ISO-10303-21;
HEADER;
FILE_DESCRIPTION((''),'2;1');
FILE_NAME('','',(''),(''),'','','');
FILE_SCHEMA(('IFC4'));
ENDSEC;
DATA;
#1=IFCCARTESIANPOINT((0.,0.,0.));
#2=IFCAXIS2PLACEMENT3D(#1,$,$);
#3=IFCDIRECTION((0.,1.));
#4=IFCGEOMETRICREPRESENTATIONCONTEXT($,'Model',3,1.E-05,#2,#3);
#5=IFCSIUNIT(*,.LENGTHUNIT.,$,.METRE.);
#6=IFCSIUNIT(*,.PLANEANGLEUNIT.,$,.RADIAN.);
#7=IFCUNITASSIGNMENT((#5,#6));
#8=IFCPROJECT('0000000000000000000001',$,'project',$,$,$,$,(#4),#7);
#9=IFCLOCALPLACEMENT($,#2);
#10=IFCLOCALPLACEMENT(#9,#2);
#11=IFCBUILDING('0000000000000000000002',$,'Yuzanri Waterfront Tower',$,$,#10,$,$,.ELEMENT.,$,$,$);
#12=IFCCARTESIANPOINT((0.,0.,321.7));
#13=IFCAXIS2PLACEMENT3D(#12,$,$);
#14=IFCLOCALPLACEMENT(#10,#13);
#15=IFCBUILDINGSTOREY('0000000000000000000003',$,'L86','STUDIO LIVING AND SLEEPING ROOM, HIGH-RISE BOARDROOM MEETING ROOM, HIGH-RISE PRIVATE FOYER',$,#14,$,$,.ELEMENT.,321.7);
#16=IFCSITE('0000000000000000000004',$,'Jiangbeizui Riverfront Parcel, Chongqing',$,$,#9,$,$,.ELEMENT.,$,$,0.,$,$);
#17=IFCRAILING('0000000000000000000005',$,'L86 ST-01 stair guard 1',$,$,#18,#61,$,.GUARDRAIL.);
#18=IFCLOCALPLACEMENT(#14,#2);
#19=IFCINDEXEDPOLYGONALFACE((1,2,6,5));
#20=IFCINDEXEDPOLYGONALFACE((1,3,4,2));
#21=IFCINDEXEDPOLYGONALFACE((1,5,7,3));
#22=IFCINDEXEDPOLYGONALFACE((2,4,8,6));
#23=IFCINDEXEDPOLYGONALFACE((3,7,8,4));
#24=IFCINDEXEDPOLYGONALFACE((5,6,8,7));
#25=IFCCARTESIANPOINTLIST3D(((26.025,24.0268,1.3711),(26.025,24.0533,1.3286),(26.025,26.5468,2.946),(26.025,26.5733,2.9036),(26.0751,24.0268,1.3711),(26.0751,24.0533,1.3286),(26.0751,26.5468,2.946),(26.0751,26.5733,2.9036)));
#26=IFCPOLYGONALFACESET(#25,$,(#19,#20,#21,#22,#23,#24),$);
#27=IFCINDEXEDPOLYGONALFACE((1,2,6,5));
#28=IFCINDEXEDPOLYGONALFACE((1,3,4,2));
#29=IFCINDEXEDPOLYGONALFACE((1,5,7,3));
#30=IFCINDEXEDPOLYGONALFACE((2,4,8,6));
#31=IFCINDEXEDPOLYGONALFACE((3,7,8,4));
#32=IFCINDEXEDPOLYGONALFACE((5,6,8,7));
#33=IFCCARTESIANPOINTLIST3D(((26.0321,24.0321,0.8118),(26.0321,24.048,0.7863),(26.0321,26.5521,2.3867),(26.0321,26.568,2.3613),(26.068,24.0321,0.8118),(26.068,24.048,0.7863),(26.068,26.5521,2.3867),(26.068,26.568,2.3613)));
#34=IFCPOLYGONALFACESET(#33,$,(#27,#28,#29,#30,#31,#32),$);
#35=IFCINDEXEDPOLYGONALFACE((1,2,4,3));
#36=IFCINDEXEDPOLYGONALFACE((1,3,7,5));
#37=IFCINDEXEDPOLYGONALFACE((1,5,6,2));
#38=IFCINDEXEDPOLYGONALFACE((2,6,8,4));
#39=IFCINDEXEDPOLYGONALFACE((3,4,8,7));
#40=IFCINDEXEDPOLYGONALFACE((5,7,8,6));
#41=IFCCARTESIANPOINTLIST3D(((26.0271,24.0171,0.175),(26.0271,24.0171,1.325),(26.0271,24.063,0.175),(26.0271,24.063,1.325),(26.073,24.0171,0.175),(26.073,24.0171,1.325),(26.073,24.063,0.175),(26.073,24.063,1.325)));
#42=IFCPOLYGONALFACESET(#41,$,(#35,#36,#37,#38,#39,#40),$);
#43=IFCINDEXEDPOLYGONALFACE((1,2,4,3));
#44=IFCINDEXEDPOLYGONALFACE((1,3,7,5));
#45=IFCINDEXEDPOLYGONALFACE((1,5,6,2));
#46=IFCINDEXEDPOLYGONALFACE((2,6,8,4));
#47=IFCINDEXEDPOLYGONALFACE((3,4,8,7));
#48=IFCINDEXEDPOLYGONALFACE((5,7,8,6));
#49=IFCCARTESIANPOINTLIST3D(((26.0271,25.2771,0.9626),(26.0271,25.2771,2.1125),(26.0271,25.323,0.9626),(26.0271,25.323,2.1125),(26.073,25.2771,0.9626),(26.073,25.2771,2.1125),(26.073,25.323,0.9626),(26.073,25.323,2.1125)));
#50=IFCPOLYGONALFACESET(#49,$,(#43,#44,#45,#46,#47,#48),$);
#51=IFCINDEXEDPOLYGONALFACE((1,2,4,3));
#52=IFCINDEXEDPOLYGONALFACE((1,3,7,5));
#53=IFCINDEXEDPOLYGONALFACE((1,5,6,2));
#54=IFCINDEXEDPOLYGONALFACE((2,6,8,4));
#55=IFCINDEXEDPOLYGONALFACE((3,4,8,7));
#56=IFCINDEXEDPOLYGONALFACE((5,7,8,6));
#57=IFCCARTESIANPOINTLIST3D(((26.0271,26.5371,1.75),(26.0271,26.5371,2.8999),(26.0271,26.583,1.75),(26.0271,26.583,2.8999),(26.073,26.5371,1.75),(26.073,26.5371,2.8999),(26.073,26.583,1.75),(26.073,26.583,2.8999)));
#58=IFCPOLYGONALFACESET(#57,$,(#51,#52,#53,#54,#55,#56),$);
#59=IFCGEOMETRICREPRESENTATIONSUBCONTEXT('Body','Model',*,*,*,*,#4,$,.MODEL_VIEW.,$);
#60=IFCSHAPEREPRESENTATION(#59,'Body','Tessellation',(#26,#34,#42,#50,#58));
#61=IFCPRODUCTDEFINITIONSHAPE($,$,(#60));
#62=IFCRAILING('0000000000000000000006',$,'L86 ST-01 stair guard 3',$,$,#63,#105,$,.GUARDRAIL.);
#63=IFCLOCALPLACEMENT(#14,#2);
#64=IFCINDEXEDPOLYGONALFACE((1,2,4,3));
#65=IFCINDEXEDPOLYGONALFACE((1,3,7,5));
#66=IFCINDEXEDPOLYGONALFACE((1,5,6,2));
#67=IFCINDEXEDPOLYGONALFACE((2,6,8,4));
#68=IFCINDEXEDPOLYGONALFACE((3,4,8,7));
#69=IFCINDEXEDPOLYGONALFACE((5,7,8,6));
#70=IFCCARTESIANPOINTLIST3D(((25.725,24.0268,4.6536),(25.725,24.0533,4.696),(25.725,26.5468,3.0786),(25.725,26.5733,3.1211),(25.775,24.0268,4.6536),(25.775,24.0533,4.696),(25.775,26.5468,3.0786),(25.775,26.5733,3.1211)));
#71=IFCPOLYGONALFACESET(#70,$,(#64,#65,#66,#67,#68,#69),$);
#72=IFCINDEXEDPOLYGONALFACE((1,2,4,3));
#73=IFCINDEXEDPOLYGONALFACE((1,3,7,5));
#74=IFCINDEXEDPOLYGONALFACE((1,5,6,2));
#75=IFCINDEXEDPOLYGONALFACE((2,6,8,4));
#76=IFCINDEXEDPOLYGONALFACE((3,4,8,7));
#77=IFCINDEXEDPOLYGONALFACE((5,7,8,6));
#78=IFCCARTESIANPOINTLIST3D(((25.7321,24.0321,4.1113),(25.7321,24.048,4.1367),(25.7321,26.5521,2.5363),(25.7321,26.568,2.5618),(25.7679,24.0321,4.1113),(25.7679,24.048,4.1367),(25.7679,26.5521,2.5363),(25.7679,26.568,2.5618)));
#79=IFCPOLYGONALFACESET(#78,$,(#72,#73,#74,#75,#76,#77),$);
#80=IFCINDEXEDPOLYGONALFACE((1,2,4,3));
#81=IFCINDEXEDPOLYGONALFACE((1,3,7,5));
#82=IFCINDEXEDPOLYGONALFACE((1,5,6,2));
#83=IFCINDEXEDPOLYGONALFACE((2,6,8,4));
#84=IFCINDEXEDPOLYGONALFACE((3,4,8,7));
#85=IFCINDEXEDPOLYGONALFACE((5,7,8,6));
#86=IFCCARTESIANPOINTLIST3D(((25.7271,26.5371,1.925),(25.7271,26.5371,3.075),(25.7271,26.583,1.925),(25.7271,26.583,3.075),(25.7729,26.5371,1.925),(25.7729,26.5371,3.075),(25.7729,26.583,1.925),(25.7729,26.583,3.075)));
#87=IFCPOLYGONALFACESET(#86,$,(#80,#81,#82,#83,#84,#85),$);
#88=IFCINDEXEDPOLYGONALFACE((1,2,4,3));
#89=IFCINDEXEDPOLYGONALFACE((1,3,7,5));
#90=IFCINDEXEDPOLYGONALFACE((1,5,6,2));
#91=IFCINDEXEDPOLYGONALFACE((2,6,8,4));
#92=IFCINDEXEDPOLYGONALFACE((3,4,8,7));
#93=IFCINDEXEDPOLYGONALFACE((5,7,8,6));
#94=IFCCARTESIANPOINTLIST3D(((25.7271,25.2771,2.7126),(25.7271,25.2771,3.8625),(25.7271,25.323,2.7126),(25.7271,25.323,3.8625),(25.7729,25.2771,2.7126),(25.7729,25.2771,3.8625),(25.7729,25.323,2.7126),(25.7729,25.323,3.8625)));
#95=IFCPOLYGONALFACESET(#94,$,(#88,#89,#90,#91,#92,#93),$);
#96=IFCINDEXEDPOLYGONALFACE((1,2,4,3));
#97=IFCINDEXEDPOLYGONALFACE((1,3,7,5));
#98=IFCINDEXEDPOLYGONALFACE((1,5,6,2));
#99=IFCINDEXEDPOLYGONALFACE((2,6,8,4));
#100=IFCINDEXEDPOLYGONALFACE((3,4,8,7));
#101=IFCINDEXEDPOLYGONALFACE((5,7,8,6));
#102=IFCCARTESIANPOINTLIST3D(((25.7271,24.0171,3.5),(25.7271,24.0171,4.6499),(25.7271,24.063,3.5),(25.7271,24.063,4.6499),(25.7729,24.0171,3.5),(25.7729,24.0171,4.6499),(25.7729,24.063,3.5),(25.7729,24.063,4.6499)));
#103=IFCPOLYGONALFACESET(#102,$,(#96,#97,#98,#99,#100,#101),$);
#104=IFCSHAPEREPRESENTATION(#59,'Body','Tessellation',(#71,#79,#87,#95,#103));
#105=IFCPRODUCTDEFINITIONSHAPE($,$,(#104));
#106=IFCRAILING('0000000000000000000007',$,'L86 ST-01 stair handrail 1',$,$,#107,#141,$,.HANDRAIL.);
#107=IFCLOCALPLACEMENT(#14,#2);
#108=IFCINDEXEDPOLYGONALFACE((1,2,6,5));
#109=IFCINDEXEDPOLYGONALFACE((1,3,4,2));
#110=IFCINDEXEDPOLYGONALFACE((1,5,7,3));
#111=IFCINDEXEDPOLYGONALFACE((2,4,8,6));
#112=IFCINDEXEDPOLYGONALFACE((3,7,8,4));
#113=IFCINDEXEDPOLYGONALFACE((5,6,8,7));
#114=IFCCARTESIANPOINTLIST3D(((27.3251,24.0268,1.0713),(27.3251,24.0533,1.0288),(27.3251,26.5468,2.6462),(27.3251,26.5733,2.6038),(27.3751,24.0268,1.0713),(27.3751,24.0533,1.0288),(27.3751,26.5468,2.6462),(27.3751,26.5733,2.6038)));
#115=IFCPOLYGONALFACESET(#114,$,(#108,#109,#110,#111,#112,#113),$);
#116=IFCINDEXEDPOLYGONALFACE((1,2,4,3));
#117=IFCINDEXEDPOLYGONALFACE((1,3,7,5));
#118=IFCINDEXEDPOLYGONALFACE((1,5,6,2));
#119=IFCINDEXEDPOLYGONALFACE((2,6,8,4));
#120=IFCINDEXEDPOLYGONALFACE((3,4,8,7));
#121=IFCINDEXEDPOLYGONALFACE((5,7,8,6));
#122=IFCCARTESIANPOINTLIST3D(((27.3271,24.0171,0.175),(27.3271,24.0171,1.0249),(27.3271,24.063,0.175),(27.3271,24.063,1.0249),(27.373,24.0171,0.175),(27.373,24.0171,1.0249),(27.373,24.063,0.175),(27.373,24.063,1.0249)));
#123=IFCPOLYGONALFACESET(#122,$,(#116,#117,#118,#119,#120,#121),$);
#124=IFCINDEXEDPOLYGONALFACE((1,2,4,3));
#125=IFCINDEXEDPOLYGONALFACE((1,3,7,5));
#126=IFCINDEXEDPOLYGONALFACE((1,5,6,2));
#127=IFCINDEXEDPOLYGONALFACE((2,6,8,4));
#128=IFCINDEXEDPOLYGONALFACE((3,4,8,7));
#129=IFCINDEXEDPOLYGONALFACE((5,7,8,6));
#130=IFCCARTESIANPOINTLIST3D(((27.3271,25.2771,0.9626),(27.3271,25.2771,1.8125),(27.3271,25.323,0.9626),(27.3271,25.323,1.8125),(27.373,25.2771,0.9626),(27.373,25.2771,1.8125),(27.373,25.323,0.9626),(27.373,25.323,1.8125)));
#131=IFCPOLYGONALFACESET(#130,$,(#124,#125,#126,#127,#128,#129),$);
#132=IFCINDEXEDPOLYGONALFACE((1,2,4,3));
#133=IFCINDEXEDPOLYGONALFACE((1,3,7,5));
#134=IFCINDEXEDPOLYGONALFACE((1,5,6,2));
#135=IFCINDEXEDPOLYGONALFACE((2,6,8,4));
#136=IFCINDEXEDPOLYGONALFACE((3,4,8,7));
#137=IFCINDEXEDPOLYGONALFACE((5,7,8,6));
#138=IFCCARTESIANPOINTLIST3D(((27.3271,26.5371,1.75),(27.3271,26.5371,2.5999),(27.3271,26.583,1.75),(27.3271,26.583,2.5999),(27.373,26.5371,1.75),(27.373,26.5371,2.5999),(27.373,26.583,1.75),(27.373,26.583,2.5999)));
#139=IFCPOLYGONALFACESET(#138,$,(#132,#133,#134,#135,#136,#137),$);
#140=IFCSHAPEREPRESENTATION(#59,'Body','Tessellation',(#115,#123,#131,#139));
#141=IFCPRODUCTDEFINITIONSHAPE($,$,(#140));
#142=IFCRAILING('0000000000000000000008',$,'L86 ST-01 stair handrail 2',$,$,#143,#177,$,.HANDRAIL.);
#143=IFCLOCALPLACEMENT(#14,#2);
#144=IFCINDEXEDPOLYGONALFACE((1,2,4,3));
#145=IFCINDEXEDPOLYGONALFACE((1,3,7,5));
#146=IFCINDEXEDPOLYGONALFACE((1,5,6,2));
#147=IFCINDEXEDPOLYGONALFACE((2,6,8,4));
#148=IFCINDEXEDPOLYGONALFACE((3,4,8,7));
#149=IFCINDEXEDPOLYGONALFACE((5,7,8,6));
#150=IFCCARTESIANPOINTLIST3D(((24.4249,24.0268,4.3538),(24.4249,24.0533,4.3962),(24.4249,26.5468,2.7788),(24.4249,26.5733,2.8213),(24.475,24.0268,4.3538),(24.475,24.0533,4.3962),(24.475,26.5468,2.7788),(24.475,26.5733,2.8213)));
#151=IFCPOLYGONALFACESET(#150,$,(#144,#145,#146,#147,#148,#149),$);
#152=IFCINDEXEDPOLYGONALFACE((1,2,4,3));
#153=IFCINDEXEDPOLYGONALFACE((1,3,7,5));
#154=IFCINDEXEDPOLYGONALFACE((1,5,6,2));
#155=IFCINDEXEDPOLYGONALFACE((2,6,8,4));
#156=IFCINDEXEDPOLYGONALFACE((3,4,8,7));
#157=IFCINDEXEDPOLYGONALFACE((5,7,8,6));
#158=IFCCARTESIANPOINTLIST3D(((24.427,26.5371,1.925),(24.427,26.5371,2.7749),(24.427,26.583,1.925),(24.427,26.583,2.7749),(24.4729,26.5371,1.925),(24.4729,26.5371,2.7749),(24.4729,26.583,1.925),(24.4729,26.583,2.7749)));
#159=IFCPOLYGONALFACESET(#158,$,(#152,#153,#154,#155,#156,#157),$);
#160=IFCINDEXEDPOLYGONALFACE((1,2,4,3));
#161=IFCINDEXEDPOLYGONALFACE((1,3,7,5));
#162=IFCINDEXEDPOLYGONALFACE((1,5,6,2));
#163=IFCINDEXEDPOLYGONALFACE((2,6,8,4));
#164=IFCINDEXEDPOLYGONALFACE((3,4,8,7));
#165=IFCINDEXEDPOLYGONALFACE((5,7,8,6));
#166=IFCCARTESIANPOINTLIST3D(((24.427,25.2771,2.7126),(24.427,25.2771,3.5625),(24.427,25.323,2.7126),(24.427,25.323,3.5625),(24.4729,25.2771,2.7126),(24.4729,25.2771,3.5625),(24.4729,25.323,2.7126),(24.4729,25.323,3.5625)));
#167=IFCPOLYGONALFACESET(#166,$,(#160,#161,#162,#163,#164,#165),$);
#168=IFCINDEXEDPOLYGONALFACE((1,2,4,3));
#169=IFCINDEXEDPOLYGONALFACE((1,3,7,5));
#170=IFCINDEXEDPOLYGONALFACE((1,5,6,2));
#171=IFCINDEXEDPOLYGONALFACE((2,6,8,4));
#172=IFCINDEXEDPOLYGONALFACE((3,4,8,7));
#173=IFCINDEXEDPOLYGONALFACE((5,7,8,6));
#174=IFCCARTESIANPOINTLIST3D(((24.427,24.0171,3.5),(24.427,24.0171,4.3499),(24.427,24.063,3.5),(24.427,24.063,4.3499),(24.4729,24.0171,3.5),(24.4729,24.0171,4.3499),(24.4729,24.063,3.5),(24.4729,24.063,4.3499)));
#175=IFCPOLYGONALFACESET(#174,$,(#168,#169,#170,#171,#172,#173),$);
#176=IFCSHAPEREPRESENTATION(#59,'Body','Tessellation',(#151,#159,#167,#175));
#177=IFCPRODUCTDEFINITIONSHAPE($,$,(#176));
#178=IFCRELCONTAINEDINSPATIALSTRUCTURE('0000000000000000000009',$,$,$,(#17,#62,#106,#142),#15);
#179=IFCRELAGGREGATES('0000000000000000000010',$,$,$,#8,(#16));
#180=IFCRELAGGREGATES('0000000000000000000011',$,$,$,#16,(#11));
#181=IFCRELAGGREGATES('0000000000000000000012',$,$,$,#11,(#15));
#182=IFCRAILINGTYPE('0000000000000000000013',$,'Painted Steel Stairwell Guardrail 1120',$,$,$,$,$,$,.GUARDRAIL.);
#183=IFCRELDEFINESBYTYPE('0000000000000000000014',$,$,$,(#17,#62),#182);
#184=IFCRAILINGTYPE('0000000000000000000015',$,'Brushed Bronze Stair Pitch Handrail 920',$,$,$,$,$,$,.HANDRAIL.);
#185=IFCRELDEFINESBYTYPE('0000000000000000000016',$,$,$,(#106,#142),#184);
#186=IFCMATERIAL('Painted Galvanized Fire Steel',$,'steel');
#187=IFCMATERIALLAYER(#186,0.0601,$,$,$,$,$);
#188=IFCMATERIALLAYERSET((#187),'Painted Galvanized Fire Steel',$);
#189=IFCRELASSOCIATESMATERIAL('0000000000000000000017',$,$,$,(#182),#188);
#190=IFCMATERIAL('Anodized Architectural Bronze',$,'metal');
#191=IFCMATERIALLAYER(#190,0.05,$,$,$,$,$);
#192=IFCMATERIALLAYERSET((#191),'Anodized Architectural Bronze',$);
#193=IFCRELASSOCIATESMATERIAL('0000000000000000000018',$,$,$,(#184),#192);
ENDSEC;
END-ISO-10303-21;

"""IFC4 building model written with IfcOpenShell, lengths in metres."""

from ifc_helpers import new_model, si_unit, direction, frame, origin, origin_2d, place, context, subcontext, project, spatial, rectangle, extrude, source, transform, mapped, material, layer, layer_set, type_object, element, save


model = new_model("IFC4")

# Units and contexts
model_context = context("Model", 3, precision=1e-05, world=origin(), true_north=direction((0.0, 1.0)))
body_context = subcontext(model_context, "Body", "Model", "MODEL_VIEW")
ifc_project = project(units=[si_unit("LENGTHUNIT", "METRE"), si_unit("PLANEANGLEUNIT", "RADIAN")], contexts=[model_context])

# Site, building, storey
site_placement = place(None, origin())
site = spatial("IfcSite", under=ifc_project, at=site_placement, Name="Jiangbeizui Riverfront Parcel, Chongqing", CompositionType="ELEMENT", RefElevation=0.0)
building_placement = place(site_placement, origin())
building = spatial("IfcBuilding", under=site, at=building_placement, Name="Yuzanri Waterfront Tower", CompositionType="ELEMENT")
storey_placement = place(building_placement, frame((0.0, 0.0, 321.7)))
storey = spatial("IfcBuildingStorey", under=building, at=storey_placement, Name="L86", Description="STUDIO LIVING AND SLEEPING ROOM, HIGH-RISE BOARDROOM MEETING ROOM, HIGH-RISE PRIVATE FOYER", CompositionType="ELEMENT", Elevation=321.7)

# Railings
ifc_material_1 = material(Name="Painted Galvanized Fire Steel", Category="steel")
ifc_layer_1 = layer(ifc_material_1, 0.0601)
ifc_layer_set_1 = layer_set([ifc_layer_1], Name="Painted Galvanized Fire Steel")
railing_type_1 = type_object("IfcRailingType", Name="Painted Steel Stairwell Guardrail 1120", PredefinedType="GUARDRAIL", material=ifc_layer_set_1)
shared_shape_1 = source(origin(), body_context, "Body", "SweptSolid", [
    extrude(rectangle(XDim=0.05, YDim=0.05, at=origin_2d()), frame((0.0, 0.0, 1.1748), z_axis=(0.0, 0.848008, 0.529984), x_axis=(-1.0, 0.0, 0.0)), (0.0, 0.0, 1.0), 2.9717),
    extrude(rectangle(XDim=0.0359, YDim=0.03, at=origin_2d()), frame((0.0, 0.0, 0.624), z_axis=(0.0, 0.848008, 0.529984), x_axis=(-1.0, 0.0, 0.0)), (0.0, 0.0, 1.0), 2.9717),
    extrude(rectangle(XDim=0.0459, YDim=0.0459, at=origin_2d()), origin(), (0.0, 0.0, 1.0), 1.1499),
    extrude(rectangle(XDim=0.0459, YDim=0.0459, at=origin_2d()), frame((0.0, 1.26, 0.7876)), (0.0, 0.0, 1.0), 1.1499),
    extrude(rectangle(XDim=0.0459, YDim=0.0459, at=origin_2d()), frame((0.0, 2.52, 1.575)), (0.0, 0.0, 1.0), 1.1499),
])
railing_1_placement = place(storey_placement, frame((26.05, 24.04, 0.175)))
element("IfcRailing", 1, at=railing_1_placement, inside=storey, type_object=railing_type_1, Name="L86 ST-01 stair guard 1", PredefinedType="GUARDRAIL", context=body_context, shape_type="MappedRepresentation", body=[
    mapped(shared_shape_1, transform((0.0, 0.0, 0.0), scale=1.0)),
])
shared_shape_2 = source(origin(), body_context, "Body", "SweptSolid", [
    extrude(rectangle(XDim=0.05, YDim=0.05, at=origin_2d()), frame((0.0, 0.0, 1.1748), z_axis=(0.0, -0.848008, 0.529984), x_axis=(1.0, 0.0, 0.0)), (0.0, 0.0, 1.0), 2.9717),
    extrude(rectangle(XDim=0.0359, YDim=0.03, at=origin_2d()), frame((0.0, 0.0, 0.624), z_axis=(0.0, -0.848008, 0.529984), x_axis=(1.0, 0.0, 0.0)), (0.0, 0.0, 1.0), 2.9717),
    extrude(rectangle(XDim=0.0459, YDim=0.0459, at=origin_2d()), origin(), (0.0, 0.0, 1.0), 1.1499),
    extrude(rectangle(XDim=0.0459, YDim=0.0459, at=origin_2d()), frame((0.0, -1.26, 0.7876)), (0.0, 0.0, 1.0), 1.1499),
    extrude(rectangle(XDim=0.0459, YDim=0.0459, at=origin_2d()), frame((0.0, -2.52, 1.575)), (0.0, 0.0, 1.0), 1.1499),
])
railing_2_placement = place(storey_placement, frame((25.75, 26.5601, 1.925)))
element("IfcRailing", 2, at=railing_2_placement, inside=storey, type_object=railing_type_1, Name="L86 ST-01 stair guard 3", PredefinedType="GUARDRAIL", context=body_context, shape_type="MappedRepresentation", body=[
    mapped(shared_shape_2, transform((0.0, 0.0, 0.0), scale=1.0)),
])
ifc_material_2 = material(Name="Anodized Architectural Bronze", Category="metal")
ifc_layer_2 = layer(ifc_material_2, 0.05)
ifc_layer_set_2 = layer_set([ifc_layer_2], Name="Anodized Architectural Bronze")
railing_type_2 = type_object("IfcRailingType", Name="Brushed Bronze Stair Pitch Handrail 920", PredefinedType="HANDRAIL", material=ifc_layer_set_2)
shared_shape_3 = source(origin(), body_context, "Body", "SweptSolid", [
    extrude(rectangle(XDim=0.05, YDim=0.05, at=origin_2d()), frame((0.0, 0.0, 0.875), z_axis=(0.0, 0.848008, 0.529984), x_axis=(-1.0, 0.0, 0.0)), (0.0, 0.0, 1.0), 2.9717),
    extrude(rectangle(XDim=0.0459, YDim=0.0459, at=origin_2d()), origin(), (0.0, 0.0, 1.0), 0.8499),
    extrude(rectangle(XDim=0.0459, YDim=0.0459, at=origin_2d()), frame((0.0, 1.26, 0.7876)), (0.0, 0.0, 1.0), 0.8499),
    extrude(rectangle(XDim=0.0459, YDim=0.0459, at=origin_2d()), frame((0.0, 2.52, 1.575)), (0.0, 0.0, 1.0), 0.8499),
])
railing_3_placement = place(storey_placement, frame((27.3501, 24.04, 0.175)))
element("IfcRailing", 3, at=railing_3_placement, inside=storey, type_object=railing_type_2, Name="L86 ST-01 stair handrail 1", PredefinedType="HANDRAIL", context=body_context, shape_type="MappedRepresentation", body=[
    mapped(shared_shape_3, transform((0.0, 0.0, 0.0), scale=1.0)),
])
shared_shape_4 = source(origin(), body_context, "Body", "SweptSolid", [
    extrude(rectangle(XDim=0.05, YDim=0.05, at=origin_2d()), frame((0.0, 0.0, 0.875), z_axis=(0.0, -0.848008, 0.529984), x_axis=(1.0, 0.0, 0.0)), (0.0, 0.0, 1.0), 2.9717),
    extrude(rectangle(XDim=0.0459, YDim=0.0459, at=origin_2d()), origin(), (0.0, 0.0, 1.0), 0.8499),
    extrude(rectangle(XDim=0.0459, YDim=0.0459, at=origin_2d()), frame((0.0, -1.26, 0.7876)), (0.0, 0.0, 1.0), 0.8499),
    extrude(rectangle(XDim=0.0459, YDim=0.0459, at=origin_2d()), frame((0.0, -2.52, 1.575)), (0.0, 0.0, 1.0), 0.8499),
])
railing_4_placement = place(storey_placement, frame((24.45, 26.5601, 1.925)))
element("IfcRailing", 4, at=railing_4_placement, inside=storey, type_object=railing_type_2, Name="L86 ST-01 stair handrail 2", PredefinedType="HANDRAIL", context=body_context, shape_type="MappedRepresentation", body=[
    mapped(shared_shape_4, transform((0.0, 0.0, 0.0), scale=1.0)),
])

save(model, "model.ifc")
